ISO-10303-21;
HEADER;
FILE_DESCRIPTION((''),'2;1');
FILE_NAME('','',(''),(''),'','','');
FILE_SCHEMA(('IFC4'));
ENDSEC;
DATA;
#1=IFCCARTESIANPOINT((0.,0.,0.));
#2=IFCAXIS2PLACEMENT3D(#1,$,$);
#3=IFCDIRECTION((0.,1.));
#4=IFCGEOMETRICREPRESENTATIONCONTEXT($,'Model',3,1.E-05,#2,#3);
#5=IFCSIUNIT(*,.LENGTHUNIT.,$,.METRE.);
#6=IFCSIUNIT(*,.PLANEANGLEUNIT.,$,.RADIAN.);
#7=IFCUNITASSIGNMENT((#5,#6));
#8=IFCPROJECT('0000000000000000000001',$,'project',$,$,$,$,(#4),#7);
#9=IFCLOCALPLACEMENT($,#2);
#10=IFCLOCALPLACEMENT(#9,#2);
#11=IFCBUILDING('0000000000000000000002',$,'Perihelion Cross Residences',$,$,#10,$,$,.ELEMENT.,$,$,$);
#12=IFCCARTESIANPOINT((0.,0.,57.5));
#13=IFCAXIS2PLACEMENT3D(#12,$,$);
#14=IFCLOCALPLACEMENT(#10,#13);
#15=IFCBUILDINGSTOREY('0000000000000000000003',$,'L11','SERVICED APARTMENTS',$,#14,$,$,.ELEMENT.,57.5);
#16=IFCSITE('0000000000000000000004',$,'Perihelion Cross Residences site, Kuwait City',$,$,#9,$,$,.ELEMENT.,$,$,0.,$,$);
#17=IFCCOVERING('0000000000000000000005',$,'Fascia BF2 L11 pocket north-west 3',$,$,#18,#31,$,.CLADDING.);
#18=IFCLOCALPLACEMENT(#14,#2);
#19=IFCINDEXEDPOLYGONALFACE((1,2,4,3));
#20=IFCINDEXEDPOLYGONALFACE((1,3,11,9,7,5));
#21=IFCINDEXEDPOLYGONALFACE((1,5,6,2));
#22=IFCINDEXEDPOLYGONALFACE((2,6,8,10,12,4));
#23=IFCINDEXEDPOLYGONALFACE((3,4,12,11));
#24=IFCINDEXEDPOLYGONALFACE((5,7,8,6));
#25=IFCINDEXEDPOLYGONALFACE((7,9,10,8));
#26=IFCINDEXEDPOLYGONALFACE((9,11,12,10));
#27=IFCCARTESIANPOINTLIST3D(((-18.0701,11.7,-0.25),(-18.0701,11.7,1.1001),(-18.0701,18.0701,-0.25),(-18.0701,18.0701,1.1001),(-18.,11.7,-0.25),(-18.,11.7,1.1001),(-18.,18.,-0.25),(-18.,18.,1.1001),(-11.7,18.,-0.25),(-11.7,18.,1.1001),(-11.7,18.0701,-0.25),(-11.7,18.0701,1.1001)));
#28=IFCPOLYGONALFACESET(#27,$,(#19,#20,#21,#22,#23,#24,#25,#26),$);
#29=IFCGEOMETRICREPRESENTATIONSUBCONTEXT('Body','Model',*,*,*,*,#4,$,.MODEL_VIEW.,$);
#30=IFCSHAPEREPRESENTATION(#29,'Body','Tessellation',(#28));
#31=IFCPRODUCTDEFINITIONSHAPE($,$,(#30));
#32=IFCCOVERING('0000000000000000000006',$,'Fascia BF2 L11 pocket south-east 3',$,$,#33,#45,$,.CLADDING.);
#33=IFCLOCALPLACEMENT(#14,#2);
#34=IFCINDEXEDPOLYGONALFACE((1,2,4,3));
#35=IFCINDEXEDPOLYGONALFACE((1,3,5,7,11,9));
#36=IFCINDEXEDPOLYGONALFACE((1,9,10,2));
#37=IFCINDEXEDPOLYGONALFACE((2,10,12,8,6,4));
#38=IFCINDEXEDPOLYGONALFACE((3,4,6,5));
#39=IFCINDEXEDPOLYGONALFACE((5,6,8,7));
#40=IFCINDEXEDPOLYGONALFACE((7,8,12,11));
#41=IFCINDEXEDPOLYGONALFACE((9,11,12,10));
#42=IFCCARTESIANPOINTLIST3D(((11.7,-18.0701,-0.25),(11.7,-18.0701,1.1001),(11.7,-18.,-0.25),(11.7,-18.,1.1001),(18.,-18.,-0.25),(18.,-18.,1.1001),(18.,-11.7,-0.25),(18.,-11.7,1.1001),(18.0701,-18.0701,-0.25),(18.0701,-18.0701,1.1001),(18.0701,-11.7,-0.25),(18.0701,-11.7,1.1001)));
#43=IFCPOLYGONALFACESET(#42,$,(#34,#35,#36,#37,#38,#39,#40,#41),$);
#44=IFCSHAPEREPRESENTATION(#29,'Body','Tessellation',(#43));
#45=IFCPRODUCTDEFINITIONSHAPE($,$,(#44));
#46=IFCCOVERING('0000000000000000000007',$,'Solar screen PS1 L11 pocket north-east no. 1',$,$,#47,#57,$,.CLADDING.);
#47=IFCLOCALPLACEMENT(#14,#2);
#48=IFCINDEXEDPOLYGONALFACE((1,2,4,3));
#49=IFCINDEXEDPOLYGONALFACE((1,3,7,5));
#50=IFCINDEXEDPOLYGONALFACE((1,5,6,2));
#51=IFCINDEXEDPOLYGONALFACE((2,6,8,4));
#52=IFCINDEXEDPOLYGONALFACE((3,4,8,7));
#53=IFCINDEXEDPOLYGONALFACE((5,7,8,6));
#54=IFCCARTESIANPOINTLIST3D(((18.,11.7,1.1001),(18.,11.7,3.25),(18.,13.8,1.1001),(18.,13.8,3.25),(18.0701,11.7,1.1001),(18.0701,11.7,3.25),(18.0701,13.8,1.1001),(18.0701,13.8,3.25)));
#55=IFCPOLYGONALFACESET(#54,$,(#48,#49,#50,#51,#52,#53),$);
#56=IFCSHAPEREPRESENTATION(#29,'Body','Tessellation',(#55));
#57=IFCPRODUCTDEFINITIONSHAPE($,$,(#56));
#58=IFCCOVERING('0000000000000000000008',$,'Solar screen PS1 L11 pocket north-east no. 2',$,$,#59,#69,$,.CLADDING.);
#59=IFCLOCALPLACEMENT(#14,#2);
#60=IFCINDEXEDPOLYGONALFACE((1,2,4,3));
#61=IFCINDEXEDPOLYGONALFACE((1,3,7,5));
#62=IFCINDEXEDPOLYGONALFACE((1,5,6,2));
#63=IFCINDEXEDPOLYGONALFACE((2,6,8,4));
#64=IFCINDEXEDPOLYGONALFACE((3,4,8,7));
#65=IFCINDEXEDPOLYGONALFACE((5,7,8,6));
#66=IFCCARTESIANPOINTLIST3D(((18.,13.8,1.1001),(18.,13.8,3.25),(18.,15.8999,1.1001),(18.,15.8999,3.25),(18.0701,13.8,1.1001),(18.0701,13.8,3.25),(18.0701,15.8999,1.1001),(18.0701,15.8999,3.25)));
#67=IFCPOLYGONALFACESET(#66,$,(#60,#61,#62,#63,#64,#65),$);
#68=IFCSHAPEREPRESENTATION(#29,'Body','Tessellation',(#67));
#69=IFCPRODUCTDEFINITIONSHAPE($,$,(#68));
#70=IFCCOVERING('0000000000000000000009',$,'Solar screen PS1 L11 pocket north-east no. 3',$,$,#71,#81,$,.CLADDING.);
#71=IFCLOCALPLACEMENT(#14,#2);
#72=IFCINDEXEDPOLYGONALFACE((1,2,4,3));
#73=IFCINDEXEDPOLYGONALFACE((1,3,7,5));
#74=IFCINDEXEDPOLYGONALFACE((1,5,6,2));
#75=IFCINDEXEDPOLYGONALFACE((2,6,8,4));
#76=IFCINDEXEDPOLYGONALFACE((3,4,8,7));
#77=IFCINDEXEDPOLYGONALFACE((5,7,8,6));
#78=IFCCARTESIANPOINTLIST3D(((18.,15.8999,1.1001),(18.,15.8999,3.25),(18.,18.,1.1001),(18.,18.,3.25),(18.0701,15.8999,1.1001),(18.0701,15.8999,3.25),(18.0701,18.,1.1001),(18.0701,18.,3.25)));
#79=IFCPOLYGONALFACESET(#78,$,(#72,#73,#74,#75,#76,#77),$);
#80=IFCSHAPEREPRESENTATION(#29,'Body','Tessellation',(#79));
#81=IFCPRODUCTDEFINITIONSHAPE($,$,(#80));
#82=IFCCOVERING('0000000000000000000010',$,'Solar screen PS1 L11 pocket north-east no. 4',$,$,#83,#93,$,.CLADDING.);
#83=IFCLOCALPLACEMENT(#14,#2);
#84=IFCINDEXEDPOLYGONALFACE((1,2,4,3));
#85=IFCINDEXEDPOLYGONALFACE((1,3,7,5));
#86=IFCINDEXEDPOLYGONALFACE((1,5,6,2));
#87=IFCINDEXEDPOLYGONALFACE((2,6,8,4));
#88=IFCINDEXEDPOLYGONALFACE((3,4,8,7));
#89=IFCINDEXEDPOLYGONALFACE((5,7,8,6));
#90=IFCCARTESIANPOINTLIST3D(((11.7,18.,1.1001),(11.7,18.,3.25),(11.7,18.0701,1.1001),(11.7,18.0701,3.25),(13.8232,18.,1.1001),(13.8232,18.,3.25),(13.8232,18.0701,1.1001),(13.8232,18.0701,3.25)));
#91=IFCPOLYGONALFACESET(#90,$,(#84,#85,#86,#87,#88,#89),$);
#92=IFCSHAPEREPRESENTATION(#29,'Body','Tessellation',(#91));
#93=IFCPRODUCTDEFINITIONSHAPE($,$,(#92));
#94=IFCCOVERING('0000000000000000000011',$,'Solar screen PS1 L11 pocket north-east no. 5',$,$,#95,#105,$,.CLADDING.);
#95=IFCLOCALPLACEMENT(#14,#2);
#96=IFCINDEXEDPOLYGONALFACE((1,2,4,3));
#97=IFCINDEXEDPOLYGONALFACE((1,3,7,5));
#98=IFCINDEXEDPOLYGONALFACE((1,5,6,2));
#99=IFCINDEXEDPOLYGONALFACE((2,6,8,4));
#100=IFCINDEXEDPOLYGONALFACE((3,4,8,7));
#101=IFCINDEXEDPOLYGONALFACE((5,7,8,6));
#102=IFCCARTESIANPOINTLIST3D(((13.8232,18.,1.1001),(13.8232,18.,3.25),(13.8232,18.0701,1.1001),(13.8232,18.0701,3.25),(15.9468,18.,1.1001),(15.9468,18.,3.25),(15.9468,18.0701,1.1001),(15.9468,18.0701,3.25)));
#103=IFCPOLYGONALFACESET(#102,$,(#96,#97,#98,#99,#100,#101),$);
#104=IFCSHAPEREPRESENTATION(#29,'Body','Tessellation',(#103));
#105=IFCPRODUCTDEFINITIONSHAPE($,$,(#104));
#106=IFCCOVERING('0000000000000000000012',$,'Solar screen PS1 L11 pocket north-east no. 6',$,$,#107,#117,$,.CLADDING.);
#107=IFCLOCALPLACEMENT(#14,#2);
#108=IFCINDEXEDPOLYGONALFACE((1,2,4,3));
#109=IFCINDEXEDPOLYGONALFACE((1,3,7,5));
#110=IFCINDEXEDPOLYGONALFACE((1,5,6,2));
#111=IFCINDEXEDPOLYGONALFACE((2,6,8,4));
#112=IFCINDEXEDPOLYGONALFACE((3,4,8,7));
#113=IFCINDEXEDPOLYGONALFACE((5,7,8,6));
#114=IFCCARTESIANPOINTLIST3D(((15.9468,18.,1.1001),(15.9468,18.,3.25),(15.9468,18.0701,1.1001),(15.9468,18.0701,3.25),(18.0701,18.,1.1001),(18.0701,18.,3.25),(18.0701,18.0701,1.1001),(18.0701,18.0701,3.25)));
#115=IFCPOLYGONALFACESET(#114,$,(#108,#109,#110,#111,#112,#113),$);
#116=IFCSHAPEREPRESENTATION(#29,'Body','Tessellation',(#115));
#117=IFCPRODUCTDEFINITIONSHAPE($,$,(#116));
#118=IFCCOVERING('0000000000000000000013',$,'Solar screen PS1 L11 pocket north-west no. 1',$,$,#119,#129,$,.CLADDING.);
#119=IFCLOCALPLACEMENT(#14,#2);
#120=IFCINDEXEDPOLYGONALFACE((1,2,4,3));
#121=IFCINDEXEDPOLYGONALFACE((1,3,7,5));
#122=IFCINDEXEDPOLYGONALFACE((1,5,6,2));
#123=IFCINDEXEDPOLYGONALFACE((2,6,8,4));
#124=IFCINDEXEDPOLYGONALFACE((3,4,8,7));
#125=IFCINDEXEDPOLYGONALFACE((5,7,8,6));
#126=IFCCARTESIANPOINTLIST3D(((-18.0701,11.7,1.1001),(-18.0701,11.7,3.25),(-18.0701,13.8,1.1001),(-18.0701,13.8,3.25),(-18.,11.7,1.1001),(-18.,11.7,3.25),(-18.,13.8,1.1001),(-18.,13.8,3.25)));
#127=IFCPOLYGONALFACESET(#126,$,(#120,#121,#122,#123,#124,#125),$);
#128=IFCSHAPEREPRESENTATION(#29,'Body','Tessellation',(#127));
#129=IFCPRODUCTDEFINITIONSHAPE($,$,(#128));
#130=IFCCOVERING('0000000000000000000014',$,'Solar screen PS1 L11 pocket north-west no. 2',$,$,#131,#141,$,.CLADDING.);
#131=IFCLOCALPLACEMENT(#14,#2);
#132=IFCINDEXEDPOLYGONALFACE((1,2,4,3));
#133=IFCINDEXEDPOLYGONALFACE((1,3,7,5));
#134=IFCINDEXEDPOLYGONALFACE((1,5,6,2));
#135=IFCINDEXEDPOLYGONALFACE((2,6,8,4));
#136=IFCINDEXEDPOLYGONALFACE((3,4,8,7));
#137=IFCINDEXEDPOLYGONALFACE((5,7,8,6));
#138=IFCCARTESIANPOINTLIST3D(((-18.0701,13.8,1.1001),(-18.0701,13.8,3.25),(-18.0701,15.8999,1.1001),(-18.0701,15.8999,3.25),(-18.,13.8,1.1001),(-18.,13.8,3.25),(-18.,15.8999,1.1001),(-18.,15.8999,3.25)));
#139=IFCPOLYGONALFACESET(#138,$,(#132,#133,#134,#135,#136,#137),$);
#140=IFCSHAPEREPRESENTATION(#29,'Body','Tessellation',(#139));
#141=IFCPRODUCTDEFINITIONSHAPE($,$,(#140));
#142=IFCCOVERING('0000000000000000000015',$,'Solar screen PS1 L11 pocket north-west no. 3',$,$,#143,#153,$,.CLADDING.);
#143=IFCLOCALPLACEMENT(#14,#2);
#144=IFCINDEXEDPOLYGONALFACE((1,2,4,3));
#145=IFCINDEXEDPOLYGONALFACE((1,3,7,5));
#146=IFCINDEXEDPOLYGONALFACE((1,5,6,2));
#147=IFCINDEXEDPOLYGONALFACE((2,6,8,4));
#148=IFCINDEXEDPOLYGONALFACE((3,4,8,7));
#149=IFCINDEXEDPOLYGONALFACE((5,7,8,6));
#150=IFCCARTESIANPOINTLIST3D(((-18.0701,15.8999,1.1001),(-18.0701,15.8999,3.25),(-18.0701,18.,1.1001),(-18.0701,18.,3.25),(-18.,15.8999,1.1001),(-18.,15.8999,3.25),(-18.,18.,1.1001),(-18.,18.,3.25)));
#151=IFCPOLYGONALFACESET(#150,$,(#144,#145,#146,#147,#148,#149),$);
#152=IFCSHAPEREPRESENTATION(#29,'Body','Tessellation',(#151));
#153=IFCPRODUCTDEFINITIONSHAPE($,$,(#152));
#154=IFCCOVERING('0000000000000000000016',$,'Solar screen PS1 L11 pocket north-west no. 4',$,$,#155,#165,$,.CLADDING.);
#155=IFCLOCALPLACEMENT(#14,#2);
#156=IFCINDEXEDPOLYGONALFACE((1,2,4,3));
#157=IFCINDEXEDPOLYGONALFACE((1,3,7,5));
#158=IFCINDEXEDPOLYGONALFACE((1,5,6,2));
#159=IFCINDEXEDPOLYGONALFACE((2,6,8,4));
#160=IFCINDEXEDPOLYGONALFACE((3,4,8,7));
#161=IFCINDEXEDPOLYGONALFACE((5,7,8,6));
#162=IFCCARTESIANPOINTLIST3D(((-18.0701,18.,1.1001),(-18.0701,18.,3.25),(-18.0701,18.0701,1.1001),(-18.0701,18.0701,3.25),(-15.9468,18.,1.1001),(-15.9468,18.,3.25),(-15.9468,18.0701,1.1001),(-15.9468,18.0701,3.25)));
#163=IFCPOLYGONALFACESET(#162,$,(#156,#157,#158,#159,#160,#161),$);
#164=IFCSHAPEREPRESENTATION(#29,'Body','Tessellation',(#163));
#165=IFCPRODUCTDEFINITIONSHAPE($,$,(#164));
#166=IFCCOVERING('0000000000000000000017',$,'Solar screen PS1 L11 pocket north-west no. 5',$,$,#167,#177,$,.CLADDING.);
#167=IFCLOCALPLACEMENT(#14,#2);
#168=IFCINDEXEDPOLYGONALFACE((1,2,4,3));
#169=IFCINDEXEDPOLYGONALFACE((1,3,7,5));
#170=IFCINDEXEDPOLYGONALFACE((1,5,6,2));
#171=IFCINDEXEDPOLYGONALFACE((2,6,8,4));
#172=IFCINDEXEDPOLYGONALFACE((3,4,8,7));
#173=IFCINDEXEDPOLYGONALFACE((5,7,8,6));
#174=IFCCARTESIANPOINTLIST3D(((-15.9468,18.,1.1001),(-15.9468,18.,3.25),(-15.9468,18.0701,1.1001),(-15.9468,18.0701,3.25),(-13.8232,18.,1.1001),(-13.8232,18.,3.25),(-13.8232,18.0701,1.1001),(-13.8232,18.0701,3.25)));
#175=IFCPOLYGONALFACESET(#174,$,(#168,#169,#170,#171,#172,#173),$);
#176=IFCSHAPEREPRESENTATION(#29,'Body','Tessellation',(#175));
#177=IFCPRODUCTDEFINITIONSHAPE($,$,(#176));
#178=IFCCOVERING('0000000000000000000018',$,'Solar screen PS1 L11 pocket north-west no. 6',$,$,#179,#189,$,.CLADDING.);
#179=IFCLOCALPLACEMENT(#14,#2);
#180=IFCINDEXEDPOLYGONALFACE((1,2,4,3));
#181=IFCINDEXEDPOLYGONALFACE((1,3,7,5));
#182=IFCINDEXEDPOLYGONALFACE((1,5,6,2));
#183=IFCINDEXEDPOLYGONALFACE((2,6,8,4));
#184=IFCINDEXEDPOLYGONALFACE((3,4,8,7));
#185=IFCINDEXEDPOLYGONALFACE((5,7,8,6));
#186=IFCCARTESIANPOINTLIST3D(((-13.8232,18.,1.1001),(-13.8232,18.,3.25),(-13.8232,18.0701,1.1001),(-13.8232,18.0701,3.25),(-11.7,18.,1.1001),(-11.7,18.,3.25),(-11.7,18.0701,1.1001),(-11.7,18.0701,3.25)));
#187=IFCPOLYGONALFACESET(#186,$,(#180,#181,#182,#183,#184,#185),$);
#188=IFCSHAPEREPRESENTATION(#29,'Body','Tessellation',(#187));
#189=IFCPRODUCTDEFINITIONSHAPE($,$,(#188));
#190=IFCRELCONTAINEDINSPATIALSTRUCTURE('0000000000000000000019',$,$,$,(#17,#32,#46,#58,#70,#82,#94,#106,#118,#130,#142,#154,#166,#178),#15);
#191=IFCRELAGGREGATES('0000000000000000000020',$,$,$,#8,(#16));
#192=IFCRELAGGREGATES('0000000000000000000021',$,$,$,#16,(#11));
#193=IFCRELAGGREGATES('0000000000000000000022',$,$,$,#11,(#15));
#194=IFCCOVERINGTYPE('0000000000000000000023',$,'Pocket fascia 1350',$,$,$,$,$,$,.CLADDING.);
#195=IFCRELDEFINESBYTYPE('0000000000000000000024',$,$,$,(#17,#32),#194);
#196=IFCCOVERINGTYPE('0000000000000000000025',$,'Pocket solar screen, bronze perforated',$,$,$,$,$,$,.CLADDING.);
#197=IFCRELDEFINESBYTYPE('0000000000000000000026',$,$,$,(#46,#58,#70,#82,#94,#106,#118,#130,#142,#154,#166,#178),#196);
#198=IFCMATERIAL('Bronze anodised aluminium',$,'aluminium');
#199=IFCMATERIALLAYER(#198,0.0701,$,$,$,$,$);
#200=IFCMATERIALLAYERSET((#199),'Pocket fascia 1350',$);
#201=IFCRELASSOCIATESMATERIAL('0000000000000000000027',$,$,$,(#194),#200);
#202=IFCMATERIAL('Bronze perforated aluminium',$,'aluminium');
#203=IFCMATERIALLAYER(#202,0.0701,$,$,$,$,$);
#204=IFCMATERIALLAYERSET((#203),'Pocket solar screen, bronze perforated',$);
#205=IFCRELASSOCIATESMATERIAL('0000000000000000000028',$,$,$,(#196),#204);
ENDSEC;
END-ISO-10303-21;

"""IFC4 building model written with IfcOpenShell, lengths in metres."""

from ifc_helpers import new_model, si_unit, direction, frame, origin, place, context, subcontext, project, spatial, polyline, outline, extrude, material, layer, layer_set, type_object, element, save


model = new_model("IFC4")

# Units and contexts
model_context = context("Model", 3, precision=1e-05, world=origin(), true_north=direction((0.0, 1.0)))
body_context = subcontext(model_context, "Body", "Model", "MODEL_VIEW")
ifc_project = project(units=[si_unit("LENGTHUNIT", "METRE"), si_unit("PLANEANGLEUNIT", "RADIAN")], contexts=[model_context])

# Site, building, storey
site_placement = place(None, origin())
site = spatial("IfcSite", under=ifc_project, at=site_placement, Name="Perihelion Cross Residences site, Kuwait City", CompositionType="ELEMENT", RefElevation=0.0)
building_placement = place(site_placement, origin())
building = spatial("IfcBuilding", under=site, at=building_placement, Name="Perihelion Cross Residences", CompositionType="ELEMENT")
storey_placement = place(building_placement, frame((0.0, 0.0, 57.5)))
storey = spatial("IfcBuildingStorey", under=building, at=storey_placement, Name="L11", Description="SERVICED APARTMENTS", CompositionType="ELEMENT", Elevation=57.5)

# Coverings
ifc_material_1 = material(Name="Bronze anodised aluminium", Category="aluminium")
ifc_layer_1 = layer(ifc_material_1, 0.0701)
ifc_layer_set_1 = layer_set([ifc_layer_1], Name="Pocket fascia 1350")
covering_type_1 = type_object("IfcCoveringType", Name="Pocket fascia 1350", PredefinedType="CLADDING", material=ifc_layer_set_1)
covering_1_placement = place(storey_placement, frame((0.0, 0.0, -0.25)))
element("IfcCovering", 1, at=covering_1_placement, inside=storey, type_object=covering_type_1, Name="Fascia BF2 L11 pocket north-west 3", PredefinedType="CLADDING", context=body_context, shape_type="SweptSolid", body=[
    extrude(outline(polyline([(-18.0701, 18.0701), (-18.0701, 11.7), (-18.0, 11.7), (-18.0, 18.0), (-11.7, 18.0), (-11.7, 18.0701), (-18.0701, 18.0701)])), origin(), (0.0, 0.0, 1.0), 1.3501),
])
covering_2_placement = place(storey_placement, frame((0.0, 0.0, -0.25)))
element("IfcCovering", 2, at=covering_2_placement, inside=storey, type_object=covering_type_1, Name="Fascia BF2 L11 pocket south-east 3", PredefinedType="CLADDING", context=body_context, shape_type="SweptSolid", body=[
    extrude(outline(polyline([(18.0701, -18.0701), (18.0701, -11.7), (18.0, -11.7), (18.0, -18.0), (11.7, -18.0), (11.7, -18.0701), (18.0701, -18.0701)])), origin(), (0.0, 0.0, 1.0), 1.3501),
])
ifc_material_2 = material(Name="Bronze perforated aluminium", Category="aluminium")
ifc_layer_2 = layer(ifc_material_2, 0.0701)
ifc_layer_set_2 = layer_set([ifc_layer_2], Name="Pocket solar screen, bronze perforated")
covering_type_2 = type_object("IfcCoveringType", Name="Pocket solar screen, bronze perforated", PredefinedType="CLADDING", material=ifc_layer_set_2)
covering_3_placement = place(storey_placement, frame((0.0, 0.0, 1.1001)))
element("IfcCovering", 3, at=covering_3_placement, inside=storey, type_object=covering_type_2, Name="Solar screen PS1 L11 pocket north-east no. 1", PredefinedType="CLADDING", context=body_context, shape_type="SweptSolid", body=[
    extrude(outline(polyline([(18.0701, 11.7), (18.0701, 13.8), (18.0, 13.8), (18.0, 11.7), (18.0701, 11.7)])), origin(), (0.0, 0.0, 1.0), 2.1499),
])
covering_4_placement = place(storey_placement, frame((0.0, 0.0, 1.1001)))
element("IfcCovering", 4, at=covering_4_placement, inside=storey, type_object=covering_type_2, Name="Solar screen PS1 L11 pocket north-east no. 2", PredefinedType="CLADDING", context=body_context, shape_type="SweptSolid", body=[
    extrude(outline(polyline([(18.0701, 13.8), (18.0701, 15.8999), (18.0, 15.8999), (18.0, 13.8), (18.0701, 13.8)])), origin(), (0.0, 0.0, 1.0), 2.1499),
])
covering_5_placement = place(storey_placement, frame((0.0, 0.0, 1.1001)))
element("IfcCovering", 5, at=covering_5_placement, inside=storey, type_object=covering_type_2, Name="Solar screen PS1 L11 pocket north-east no. 3", PredefinedType="CLADDING", context=body_context, shape_type="SweptSolid", body=[
    extrude(outline(polyline([(18.0701, 15.8999), (18.0701, 18.0), (18.0, 18.0), (18.0, 15.8999), (18.0701, 15.8999)])), origin(), (0.0, 0.0, 1.0), 2.1499),
])
covering_6_placement = place(storey_placement, frame((0.0, 0.0, 1.1001)))
element("IfcCovering", 6, at=covering_6_placement, inside=storey, type_object=covering_type_2, Name="Solar screen PS1 L11 pocket north-east no. 4", PredefinedType="CLADDING", context=body_context, shape_type="SweptSolid", body=[
    extrude(outline(polyline([(13.8232, 18.0), (13.8232, 18.0701), (11.7, 18.0701), (11.7, 18.0), (13.8232, 18.0)])), origin(), (0.0, 0.0, 1.0), 2.1499),
])
covering_7_placement = place(storey_placement, frame((0.0, 0.0, 1.1001)))
element("IfcCovering", 7, at=covering_7_placement, inside=storey, type_object=covering_type_2, Name="Solar screen PS1 L11 pocket north-east no. 5", PredefinedType="CLADDING", context=body_context, shape_type="SweptSolid", body=[
    extrude(outline(polyline([(15.9468, 18.0), (15.9468, 18.0701), (13.8232, 18.0701), (13.8232, 18.0), (15.9468, 18.0)])), origin(), (0.0, 0.0, 1.0), 2.1499),
])
covering_8_placement = place(storey_placement, frame((0.0, 0.0, 1.1001)))
element("IfcCovering", 8, at=covering_8_placement, inside=storey, type_object=covering_type_2, Name="Solar screen PS1 L11 pocket north-east no. 6", PredefinedType="CLADDING", context=body_context, shape_type="SweptSolid", body=[
    extrude(outline(polyline([(18.0701, 18.0), (18.0701, 18.0701), (15.9468, 18.0701), (15.9468, 18.0), (18.0701, 18.0)])), origin(), (0.0, 0.0, 1.0), 2.1499),
])
covering_9_placement = place(storey_placement, frame((0.0, 0.0, 1.1001)))
element("IfcCovering", 9, at=covering_9_placement, inside=storey, type_object=covering_type_2, Name="Solar screen PS1 L11 pocket north-west no. 1", PredefinedType="CLADDING", context=body_context, shape_type="SweptSolid", body=[
    extrude(outline(polyline([(-18.0, 11.7), (-18.0, 13.8), (-18.0701, 13.8), (-18.0701, 11.7), (-18.0, 11.7)])), origin(), (0.0, 0.0, 1.0), 2.1499),
])
covering_10_placement = place(storey_placement, frame((0.0, 0.0, 1.1001)))
element("IfcCovering", 10, at=covering_10_placement, inside=storey, type_object=covering_type_2, Name="Solar screen PS1 L11 pocket north-west no. 2", PredefinedType="CLADDING", context=body_context, shape_type="SweptSolid", body=[
    extrude(outline(polyline([(-18.0, 13.8), (-18.0, 15.8999), (-18.0701, 15.8999), (-18.0701, 13.8), (-18.0, 13.8)])), origin(), (0.0, 0.0, 1.0), 2.1499),
])
covering_11_placement = place(storey_placement, frame((0.0, 0.0, 1.1001)))
element("IfcCovering", 11, at=covering_11_placement, inside=storey, type_object=covering_type_2, Name="Solar screen PS1 L11 pocket north-west no. 3", PredefinedType="CLADDING", context=body_context, shape_type="SweptSolid", body=[
    extrude(outline(polyline([(-18.0, 15.8999), (-18.0, 18.0), (-18.0701, 18.0), (-18.0701, 15.8999), (-18.0, 15.8999)])), origin(), (0.0, 0.0, 1.0), 2.1499),
])
covering_12_placement = place(storey_placement, frame((0.0, 0.0, 1.1001)))
element("IfcCovering", 12, at=covering_12_placement, inside=storey, type_object=covering_type_2, Name="Solar screen PS1 L11 pocket north-west no. 4", PredefinedType="CLADDING", context=body_context, shape_type="SweptSolid", body=[
    extrude(outline(polyline([(-15.9468, 18.0), (-15.9468, 18.0701), (-18.0701, 18.0701), (-18.0701, 18.0), (-15.9468, 18.0)])), origin(), (0.0, 0.0, 1.0), 2.1499),
])
covering_13_placement = place(storey_placement, frame((0.0, 0.0, 1.1001)))
element("IfcCovering", 13, at=covering_13_placement, inside=storey, type_object=covering_type_2, Name="Solar screen PS1 L11 pocket north-west no. 5", PredefinedType="CLADDING", context=body_context, shape_type="SweptSolid", body=[
    extrude(outline(polyline([(-13.8232, 18.0), (-13.8232, 18.0701), (-15.9468, 18.0701), (-15.9468, 18.0), (-13.8232, 18.0)])), origin(), (0.0, 0.0, 1.0), 2.1499),
])
covering_14_placement = place(storey_placement, frame((0.0, 0.0, 1.1001)))
element("IfcCovering", 14, at=covering_14_placement, inside=storey, type_object=covering_type_2, Name="Solar screen PS1 L11 pocket north-west no. 6", PredefinedType="CLADDING", context=body_context, shape_type="SweptSolid", body=[
    extrude(outline(polyline([(-11.7, 18.0), (-11.7, 18.0701), (-13.8232, 18.0701), (-13.8232, 18.0), (-11.7, 18.0)])), origin(), (0.0, 0.0, 1.0), 2.1499),
])

save(model, "model.ifc")
